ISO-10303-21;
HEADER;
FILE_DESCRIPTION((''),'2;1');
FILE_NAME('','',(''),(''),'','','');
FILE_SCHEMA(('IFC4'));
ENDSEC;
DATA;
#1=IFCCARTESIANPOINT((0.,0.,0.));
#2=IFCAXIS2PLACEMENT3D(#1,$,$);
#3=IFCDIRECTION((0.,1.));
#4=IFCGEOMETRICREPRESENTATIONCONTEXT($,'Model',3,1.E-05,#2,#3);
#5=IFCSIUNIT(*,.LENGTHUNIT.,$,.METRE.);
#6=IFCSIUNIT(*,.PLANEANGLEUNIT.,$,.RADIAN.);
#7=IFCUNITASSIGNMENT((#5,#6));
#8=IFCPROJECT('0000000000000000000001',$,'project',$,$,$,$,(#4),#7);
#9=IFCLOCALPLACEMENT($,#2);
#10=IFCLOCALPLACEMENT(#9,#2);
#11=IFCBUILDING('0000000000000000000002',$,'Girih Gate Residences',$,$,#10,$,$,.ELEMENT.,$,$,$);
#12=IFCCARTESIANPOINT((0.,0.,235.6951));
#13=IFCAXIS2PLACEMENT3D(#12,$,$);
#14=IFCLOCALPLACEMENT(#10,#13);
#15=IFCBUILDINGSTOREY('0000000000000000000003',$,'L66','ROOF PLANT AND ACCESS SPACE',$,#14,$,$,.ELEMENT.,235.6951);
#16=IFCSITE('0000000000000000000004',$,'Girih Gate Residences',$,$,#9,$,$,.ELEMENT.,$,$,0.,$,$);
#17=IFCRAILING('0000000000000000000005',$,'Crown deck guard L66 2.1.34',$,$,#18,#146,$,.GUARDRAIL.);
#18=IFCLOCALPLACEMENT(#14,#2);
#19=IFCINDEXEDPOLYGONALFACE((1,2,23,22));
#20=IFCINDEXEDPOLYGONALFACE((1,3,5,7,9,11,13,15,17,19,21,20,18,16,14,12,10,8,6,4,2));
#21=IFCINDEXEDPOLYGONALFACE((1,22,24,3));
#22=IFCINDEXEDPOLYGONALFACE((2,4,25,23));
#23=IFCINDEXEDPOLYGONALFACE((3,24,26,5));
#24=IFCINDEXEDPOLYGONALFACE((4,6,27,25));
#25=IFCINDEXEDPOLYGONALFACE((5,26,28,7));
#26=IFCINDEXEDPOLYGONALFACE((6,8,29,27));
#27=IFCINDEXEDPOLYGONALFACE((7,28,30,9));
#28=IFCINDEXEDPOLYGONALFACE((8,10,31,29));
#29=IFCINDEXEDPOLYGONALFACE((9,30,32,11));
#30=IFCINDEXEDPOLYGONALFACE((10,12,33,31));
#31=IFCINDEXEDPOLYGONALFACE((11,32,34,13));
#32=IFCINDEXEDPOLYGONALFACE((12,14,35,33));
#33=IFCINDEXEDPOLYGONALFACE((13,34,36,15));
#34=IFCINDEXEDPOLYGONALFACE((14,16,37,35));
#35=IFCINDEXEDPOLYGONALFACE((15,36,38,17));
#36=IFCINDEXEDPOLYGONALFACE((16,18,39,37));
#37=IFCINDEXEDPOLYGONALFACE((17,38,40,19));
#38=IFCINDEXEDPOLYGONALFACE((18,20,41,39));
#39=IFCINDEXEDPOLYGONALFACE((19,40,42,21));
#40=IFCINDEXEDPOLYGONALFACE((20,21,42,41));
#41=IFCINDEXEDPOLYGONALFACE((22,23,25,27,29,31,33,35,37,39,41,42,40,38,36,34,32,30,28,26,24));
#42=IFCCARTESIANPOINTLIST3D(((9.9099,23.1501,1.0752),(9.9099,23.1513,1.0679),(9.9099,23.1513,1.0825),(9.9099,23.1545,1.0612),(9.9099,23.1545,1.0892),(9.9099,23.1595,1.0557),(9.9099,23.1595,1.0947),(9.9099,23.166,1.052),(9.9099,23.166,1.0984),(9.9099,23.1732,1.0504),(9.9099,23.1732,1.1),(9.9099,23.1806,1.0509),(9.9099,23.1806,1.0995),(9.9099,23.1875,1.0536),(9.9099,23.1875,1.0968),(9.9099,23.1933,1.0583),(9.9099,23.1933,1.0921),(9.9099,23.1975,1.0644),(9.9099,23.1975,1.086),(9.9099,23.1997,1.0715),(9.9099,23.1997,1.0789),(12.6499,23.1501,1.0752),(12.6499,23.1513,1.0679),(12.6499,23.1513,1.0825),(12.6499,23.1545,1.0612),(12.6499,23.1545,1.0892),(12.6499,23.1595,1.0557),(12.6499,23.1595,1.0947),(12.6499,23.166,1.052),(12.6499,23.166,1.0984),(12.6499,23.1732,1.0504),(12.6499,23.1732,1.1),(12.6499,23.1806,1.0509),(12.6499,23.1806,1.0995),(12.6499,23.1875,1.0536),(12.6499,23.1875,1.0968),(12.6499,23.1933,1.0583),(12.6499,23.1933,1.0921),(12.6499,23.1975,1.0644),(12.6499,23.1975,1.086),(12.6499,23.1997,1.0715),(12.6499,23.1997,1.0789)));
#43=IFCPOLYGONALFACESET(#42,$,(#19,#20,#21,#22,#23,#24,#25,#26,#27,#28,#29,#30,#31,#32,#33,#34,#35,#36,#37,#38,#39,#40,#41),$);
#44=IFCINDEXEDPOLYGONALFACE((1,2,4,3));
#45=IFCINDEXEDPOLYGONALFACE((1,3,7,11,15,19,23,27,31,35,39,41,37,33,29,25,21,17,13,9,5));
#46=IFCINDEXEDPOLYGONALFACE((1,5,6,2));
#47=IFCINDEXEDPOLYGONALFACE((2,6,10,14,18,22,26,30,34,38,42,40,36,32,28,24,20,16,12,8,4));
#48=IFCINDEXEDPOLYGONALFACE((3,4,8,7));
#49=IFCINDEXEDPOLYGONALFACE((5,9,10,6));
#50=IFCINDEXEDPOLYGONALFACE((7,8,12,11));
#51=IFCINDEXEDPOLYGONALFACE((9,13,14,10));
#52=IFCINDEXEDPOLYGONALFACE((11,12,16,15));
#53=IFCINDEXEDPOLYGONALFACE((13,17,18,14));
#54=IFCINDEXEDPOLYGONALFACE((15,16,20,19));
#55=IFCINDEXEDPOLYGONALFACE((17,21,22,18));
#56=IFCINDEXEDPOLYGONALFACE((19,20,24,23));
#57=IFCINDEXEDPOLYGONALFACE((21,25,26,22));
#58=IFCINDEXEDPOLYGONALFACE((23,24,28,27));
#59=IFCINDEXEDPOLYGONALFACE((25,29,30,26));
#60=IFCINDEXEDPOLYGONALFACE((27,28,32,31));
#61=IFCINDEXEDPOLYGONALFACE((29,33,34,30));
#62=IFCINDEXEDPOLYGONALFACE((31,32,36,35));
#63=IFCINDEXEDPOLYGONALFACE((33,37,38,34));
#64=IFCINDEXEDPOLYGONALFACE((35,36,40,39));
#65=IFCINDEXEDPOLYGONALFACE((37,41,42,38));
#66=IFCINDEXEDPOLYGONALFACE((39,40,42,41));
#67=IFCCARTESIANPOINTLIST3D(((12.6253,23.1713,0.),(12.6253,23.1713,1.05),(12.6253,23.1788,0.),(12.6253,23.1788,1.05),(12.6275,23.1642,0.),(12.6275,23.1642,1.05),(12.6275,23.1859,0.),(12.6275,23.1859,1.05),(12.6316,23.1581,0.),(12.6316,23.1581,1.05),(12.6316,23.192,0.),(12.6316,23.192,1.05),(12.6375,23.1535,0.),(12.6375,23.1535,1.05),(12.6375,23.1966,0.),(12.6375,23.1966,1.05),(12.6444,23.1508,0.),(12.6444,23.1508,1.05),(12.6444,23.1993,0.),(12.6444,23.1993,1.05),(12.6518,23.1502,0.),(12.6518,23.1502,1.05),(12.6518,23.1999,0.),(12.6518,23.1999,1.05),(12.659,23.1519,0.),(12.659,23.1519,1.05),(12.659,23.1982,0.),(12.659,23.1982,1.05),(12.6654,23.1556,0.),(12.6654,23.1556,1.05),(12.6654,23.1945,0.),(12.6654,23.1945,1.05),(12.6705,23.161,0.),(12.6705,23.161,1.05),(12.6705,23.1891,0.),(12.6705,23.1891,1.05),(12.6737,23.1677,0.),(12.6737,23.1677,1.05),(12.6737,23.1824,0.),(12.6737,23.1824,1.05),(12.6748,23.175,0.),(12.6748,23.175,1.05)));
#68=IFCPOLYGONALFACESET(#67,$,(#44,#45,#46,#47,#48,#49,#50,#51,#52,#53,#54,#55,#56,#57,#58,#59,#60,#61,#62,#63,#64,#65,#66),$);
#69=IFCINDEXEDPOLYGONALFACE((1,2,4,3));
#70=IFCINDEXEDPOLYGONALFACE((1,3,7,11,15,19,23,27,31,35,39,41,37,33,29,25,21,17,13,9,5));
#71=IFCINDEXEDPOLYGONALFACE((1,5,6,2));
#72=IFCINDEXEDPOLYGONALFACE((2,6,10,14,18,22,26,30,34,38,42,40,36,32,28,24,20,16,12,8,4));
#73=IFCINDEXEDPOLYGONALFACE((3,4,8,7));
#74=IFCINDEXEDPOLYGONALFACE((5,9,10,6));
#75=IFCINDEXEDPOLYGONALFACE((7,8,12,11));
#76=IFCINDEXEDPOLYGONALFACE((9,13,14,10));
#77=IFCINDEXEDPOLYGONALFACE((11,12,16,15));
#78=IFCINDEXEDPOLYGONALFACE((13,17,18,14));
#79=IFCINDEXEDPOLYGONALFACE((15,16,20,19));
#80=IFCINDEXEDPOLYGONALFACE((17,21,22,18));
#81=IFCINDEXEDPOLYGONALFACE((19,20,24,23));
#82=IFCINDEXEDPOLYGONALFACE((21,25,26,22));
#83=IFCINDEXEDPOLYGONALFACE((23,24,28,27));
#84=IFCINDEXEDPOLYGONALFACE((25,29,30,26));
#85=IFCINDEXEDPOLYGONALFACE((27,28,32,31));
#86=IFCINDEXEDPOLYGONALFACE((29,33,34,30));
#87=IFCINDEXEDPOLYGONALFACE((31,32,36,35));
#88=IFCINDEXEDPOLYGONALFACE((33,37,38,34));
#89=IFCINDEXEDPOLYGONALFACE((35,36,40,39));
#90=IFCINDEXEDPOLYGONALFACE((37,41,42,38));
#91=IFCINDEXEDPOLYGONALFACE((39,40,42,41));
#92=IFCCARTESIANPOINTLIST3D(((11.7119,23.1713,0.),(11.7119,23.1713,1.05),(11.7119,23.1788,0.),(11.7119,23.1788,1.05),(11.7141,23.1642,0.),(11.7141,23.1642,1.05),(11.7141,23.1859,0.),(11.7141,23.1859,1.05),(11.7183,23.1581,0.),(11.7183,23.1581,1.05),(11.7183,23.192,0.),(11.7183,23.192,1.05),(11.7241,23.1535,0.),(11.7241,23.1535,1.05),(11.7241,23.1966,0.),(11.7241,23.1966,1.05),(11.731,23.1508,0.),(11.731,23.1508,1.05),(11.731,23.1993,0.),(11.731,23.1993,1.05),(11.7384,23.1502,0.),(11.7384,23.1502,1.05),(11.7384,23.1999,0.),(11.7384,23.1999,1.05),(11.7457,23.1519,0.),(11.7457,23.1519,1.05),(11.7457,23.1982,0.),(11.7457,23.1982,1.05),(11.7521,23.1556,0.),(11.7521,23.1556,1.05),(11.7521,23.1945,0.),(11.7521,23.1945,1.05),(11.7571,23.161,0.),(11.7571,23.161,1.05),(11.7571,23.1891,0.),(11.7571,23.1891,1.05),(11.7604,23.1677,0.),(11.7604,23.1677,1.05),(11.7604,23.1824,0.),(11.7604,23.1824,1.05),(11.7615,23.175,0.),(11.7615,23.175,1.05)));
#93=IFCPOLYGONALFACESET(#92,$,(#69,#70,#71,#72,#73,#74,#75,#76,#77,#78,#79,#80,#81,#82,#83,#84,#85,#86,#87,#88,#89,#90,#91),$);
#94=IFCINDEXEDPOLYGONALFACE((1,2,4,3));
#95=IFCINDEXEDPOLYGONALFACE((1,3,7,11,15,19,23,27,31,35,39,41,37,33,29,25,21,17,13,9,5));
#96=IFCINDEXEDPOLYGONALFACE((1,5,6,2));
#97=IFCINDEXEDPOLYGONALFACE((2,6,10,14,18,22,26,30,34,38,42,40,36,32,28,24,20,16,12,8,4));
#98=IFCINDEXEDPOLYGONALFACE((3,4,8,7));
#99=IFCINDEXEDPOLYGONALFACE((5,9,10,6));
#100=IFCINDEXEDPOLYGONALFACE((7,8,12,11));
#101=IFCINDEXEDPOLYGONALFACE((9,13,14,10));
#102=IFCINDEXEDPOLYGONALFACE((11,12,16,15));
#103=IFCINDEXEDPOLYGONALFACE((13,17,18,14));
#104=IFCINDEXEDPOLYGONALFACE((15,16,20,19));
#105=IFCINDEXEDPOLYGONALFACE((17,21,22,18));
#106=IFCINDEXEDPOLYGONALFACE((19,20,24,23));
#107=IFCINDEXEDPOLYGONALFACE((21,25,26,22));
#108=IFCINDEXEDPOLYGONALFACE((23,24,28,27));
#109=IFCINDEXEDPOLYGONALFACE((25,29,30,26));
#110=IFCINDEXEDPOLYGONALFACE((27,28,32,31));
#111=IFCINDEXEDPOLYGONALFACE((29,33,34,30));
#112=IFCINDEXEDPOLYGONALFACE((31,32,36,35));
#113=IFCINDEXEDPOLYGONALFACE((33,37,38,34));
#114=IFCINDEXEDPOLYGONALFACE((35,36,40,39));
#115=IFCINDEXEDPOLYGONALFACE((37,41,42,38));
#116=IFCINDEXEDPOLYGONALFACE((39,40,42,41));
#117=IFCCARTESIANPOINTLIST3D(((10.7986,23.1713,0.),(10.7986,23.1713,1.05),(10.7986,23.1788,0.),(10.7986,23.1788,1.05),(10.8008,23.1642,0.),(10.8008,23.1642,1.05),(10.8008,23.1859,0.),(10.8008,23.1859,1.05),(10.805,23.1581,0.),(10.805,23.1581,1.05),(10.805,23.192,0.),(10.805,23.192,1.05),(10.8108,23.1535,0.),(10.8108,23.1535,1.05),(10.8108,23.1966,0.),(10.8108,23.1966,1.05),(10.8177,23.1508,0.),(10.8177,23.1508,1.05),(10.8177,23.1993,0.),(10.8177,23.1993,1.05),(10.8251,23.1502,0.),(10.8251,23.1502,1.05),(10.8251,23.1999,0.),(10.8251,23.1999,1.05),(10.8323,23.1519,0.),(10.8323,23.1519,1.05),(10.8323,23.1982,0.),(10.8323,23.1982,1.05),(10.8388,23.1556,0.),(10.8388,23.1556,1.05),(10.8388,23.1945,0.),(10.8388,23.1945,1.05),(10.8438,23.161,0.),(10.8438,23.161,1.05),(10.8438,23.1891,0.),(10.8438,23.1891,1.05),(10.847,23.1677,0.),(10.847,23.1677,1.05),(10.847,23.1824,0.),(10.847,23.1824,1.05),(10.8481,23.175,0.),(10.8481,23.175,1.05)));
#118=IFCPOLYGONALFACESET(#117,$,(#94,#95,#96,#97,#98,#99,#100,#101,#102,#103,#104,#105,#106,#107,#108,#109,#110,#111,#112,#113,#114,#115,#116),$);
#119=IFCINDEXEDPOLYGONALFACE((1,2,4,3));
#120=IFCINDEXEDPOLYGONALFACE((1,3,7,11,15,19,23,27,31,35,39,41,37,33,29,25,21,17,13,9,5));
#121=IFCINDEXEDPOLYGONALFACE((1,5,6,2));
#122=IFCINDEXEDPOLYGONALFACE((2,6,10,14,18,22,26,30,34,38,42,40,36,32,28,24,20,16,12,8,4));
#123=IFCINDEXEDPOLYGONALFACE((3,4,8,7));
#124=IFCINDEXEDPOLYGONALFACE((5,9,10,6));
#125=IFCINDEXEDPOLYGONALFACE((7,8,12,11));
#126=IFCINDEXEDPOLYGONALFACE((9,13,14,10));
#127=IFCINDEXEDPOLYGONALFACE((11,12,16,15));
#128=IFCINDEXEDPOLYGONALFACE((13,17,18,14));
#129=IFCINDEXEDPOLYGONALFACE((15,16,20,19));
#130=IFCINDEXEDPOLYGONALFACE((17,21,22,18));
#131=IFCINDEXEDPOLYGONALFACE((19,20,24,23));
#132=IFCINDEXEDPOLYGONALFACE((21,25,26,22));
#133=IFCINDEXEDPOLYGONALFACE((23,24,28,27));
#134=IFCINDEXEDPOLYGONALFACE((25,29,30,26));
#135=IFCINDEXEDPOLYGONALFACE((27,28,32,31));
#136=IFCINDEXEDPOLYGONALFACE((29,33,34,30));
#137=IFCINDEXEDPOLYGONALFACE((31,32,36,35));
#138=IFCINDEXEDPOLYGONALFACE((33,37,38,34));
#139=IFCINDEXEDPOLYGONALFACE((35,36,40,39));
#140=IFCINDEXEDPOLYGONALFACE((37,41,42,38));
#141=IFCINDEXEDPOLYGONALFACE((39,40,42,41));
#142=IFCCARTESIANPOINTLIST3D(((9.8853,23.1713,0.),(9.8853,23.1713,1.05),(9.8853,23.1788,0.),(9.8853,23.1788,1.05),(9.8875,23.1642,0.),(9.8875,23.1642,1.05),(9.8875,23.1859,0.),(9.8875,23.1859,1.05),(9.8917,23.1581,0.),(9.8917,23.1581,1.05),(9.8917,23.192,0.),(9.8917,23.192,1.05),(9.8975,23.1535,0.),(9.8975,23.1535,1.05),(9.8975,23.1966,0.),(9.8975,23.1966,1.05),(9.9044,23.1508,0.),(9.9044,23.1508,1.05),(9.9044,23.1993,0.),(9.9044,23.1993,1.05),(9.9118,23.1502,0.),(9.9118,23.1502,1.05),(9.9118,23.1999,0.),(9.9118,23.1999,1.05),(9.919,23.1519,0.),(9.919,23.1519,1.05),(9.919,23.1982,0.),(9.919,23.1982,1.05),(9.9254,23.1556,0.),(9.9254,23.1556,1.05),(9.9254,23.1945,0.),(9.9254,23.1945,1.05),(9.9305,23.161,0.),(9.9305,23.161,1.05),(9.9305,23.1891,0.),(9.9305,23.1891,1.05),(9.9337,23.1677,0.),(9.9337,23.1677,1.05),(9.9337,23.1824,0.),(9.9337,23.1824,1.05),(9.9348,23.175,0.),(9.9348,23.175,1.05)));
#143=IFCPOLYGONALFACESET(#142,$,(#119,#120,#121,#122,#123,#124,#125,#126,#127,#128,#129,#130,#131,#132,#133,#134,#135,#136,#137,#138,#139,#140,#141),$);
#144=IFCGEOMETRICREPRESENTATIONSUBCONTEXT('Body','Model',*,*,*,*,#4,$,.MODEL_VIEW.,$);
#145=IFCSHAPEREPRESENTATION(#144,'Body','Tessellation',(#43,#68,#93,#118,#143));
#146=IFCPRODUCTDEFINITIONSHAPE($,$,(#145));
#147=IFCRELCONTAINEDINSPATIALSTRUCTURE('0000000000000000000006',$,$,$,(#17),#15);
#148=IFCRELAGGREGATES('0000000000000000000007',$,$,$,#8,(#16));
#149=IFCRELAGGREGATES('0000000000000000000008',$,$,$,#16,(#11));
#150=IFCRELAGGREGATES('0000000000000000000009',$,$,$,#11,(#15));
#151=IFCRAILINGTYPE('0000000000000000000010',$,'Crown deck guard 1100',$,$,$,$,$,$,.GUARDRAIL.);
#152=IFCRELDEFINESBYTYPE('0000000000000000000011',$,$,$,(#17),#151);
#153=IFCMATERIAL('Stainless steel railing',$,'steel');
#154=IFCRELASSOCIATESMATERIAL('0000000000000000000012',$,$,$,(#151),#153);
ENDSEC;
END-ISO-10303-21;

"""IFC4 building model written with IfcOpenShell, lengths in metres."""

from ifc_helpers import new_model, si_unit, direction, frame, origin, origin_2d, place, context, subcontext, project, spatial, circle, extrude, material, type_object, element, save


model = new_model("IFC4")

# Units and contexts
model_context = context("Model", 3, precision=1e-05, world=origin(), true_north=direction((0.0, 1.0)))
body_context = subcontext(model_context, "Body", "Model", "MODEL_VIEW")
ifc_project = project(units=[si_unit("LENGTHUNIT", "METRE"), si_unit("PLANEANGLEUNIT", "RADIAN")], contexts=[model_context])

# Site, building, storey
site_placement = place(None, origin())
site = spatial("IfcSite", under=ifc_project, at=site_placement, Name="Girih Gate Residences", CompositionType="ELEMENT", RefElevation=0.0)
building_placement = place(site_placement, origin())
building = spatial("IfcBuilding", under=site, at=building_placement, Name="Girih Gate Residences", CompositionType="ELEMENT")
storey_placement = place(building_placement, frame((0.0, 0.0, 235.6951)))
storey = spatial("IfcBuildingStorey", under=building, at=storey_placement, Name="L66", Description="ROOF PLANT AND ACCESS SPACE", CompositionType="ELEMENT", Elevation=235.6951)

# Railing
ifc_material_1 = material(Name="Stainless steel railing", Category="steel")
railing_type = type_object("IfcRailingType", Name="Crown deck guard 1100", PredefinedType="GUARDRAIL", material=ifc_material_1)
railing_1_placement = place(storey_placement, frame((12.6499, 23.175, 0.0)))
element("IfcRailing", 1, at=railing_1_placement, inside=storey, type_object=railing_type, Name="Crown deck guard L66 2.1.34", PredefinedType="GUARDRAIL", context=body_context, shape_type="SweptSolid", body=[
    extrude(circle(Radius=0.0249, at=origin_2d()), frame((0.0, 0.0, 1.0752), z_axis=(-1.0, 0.0, 0.0), x_axis=(0.0, -1.0, 0.0)), (0.0, 0.0, 1.0), 2.74),
    extrude(circle(Radius=0.0249, at=origin_2d()), origin(), (0.0, 0.0, 1.0), 1.05),
    extrude(circle(Radius=0.0249, at=origin_2d()), frame((-0.9133, 0.0, 0.0)), (0.0, 0.0, 1.0), 1.05),
    extrude(circle(Radius=0.0249, at=origin_2d()), frame((-1.8267, 0.0, 0.0)), (0.0, 0.0, 1.0), 1.05),
    extrude(circle(Radius=0.0249, at=origin_2d()), frame((-2.74, 0.0, 0.0)), (0.0, 0.0, 1.0), 1.05),
])

save(model, "model.ifc")
